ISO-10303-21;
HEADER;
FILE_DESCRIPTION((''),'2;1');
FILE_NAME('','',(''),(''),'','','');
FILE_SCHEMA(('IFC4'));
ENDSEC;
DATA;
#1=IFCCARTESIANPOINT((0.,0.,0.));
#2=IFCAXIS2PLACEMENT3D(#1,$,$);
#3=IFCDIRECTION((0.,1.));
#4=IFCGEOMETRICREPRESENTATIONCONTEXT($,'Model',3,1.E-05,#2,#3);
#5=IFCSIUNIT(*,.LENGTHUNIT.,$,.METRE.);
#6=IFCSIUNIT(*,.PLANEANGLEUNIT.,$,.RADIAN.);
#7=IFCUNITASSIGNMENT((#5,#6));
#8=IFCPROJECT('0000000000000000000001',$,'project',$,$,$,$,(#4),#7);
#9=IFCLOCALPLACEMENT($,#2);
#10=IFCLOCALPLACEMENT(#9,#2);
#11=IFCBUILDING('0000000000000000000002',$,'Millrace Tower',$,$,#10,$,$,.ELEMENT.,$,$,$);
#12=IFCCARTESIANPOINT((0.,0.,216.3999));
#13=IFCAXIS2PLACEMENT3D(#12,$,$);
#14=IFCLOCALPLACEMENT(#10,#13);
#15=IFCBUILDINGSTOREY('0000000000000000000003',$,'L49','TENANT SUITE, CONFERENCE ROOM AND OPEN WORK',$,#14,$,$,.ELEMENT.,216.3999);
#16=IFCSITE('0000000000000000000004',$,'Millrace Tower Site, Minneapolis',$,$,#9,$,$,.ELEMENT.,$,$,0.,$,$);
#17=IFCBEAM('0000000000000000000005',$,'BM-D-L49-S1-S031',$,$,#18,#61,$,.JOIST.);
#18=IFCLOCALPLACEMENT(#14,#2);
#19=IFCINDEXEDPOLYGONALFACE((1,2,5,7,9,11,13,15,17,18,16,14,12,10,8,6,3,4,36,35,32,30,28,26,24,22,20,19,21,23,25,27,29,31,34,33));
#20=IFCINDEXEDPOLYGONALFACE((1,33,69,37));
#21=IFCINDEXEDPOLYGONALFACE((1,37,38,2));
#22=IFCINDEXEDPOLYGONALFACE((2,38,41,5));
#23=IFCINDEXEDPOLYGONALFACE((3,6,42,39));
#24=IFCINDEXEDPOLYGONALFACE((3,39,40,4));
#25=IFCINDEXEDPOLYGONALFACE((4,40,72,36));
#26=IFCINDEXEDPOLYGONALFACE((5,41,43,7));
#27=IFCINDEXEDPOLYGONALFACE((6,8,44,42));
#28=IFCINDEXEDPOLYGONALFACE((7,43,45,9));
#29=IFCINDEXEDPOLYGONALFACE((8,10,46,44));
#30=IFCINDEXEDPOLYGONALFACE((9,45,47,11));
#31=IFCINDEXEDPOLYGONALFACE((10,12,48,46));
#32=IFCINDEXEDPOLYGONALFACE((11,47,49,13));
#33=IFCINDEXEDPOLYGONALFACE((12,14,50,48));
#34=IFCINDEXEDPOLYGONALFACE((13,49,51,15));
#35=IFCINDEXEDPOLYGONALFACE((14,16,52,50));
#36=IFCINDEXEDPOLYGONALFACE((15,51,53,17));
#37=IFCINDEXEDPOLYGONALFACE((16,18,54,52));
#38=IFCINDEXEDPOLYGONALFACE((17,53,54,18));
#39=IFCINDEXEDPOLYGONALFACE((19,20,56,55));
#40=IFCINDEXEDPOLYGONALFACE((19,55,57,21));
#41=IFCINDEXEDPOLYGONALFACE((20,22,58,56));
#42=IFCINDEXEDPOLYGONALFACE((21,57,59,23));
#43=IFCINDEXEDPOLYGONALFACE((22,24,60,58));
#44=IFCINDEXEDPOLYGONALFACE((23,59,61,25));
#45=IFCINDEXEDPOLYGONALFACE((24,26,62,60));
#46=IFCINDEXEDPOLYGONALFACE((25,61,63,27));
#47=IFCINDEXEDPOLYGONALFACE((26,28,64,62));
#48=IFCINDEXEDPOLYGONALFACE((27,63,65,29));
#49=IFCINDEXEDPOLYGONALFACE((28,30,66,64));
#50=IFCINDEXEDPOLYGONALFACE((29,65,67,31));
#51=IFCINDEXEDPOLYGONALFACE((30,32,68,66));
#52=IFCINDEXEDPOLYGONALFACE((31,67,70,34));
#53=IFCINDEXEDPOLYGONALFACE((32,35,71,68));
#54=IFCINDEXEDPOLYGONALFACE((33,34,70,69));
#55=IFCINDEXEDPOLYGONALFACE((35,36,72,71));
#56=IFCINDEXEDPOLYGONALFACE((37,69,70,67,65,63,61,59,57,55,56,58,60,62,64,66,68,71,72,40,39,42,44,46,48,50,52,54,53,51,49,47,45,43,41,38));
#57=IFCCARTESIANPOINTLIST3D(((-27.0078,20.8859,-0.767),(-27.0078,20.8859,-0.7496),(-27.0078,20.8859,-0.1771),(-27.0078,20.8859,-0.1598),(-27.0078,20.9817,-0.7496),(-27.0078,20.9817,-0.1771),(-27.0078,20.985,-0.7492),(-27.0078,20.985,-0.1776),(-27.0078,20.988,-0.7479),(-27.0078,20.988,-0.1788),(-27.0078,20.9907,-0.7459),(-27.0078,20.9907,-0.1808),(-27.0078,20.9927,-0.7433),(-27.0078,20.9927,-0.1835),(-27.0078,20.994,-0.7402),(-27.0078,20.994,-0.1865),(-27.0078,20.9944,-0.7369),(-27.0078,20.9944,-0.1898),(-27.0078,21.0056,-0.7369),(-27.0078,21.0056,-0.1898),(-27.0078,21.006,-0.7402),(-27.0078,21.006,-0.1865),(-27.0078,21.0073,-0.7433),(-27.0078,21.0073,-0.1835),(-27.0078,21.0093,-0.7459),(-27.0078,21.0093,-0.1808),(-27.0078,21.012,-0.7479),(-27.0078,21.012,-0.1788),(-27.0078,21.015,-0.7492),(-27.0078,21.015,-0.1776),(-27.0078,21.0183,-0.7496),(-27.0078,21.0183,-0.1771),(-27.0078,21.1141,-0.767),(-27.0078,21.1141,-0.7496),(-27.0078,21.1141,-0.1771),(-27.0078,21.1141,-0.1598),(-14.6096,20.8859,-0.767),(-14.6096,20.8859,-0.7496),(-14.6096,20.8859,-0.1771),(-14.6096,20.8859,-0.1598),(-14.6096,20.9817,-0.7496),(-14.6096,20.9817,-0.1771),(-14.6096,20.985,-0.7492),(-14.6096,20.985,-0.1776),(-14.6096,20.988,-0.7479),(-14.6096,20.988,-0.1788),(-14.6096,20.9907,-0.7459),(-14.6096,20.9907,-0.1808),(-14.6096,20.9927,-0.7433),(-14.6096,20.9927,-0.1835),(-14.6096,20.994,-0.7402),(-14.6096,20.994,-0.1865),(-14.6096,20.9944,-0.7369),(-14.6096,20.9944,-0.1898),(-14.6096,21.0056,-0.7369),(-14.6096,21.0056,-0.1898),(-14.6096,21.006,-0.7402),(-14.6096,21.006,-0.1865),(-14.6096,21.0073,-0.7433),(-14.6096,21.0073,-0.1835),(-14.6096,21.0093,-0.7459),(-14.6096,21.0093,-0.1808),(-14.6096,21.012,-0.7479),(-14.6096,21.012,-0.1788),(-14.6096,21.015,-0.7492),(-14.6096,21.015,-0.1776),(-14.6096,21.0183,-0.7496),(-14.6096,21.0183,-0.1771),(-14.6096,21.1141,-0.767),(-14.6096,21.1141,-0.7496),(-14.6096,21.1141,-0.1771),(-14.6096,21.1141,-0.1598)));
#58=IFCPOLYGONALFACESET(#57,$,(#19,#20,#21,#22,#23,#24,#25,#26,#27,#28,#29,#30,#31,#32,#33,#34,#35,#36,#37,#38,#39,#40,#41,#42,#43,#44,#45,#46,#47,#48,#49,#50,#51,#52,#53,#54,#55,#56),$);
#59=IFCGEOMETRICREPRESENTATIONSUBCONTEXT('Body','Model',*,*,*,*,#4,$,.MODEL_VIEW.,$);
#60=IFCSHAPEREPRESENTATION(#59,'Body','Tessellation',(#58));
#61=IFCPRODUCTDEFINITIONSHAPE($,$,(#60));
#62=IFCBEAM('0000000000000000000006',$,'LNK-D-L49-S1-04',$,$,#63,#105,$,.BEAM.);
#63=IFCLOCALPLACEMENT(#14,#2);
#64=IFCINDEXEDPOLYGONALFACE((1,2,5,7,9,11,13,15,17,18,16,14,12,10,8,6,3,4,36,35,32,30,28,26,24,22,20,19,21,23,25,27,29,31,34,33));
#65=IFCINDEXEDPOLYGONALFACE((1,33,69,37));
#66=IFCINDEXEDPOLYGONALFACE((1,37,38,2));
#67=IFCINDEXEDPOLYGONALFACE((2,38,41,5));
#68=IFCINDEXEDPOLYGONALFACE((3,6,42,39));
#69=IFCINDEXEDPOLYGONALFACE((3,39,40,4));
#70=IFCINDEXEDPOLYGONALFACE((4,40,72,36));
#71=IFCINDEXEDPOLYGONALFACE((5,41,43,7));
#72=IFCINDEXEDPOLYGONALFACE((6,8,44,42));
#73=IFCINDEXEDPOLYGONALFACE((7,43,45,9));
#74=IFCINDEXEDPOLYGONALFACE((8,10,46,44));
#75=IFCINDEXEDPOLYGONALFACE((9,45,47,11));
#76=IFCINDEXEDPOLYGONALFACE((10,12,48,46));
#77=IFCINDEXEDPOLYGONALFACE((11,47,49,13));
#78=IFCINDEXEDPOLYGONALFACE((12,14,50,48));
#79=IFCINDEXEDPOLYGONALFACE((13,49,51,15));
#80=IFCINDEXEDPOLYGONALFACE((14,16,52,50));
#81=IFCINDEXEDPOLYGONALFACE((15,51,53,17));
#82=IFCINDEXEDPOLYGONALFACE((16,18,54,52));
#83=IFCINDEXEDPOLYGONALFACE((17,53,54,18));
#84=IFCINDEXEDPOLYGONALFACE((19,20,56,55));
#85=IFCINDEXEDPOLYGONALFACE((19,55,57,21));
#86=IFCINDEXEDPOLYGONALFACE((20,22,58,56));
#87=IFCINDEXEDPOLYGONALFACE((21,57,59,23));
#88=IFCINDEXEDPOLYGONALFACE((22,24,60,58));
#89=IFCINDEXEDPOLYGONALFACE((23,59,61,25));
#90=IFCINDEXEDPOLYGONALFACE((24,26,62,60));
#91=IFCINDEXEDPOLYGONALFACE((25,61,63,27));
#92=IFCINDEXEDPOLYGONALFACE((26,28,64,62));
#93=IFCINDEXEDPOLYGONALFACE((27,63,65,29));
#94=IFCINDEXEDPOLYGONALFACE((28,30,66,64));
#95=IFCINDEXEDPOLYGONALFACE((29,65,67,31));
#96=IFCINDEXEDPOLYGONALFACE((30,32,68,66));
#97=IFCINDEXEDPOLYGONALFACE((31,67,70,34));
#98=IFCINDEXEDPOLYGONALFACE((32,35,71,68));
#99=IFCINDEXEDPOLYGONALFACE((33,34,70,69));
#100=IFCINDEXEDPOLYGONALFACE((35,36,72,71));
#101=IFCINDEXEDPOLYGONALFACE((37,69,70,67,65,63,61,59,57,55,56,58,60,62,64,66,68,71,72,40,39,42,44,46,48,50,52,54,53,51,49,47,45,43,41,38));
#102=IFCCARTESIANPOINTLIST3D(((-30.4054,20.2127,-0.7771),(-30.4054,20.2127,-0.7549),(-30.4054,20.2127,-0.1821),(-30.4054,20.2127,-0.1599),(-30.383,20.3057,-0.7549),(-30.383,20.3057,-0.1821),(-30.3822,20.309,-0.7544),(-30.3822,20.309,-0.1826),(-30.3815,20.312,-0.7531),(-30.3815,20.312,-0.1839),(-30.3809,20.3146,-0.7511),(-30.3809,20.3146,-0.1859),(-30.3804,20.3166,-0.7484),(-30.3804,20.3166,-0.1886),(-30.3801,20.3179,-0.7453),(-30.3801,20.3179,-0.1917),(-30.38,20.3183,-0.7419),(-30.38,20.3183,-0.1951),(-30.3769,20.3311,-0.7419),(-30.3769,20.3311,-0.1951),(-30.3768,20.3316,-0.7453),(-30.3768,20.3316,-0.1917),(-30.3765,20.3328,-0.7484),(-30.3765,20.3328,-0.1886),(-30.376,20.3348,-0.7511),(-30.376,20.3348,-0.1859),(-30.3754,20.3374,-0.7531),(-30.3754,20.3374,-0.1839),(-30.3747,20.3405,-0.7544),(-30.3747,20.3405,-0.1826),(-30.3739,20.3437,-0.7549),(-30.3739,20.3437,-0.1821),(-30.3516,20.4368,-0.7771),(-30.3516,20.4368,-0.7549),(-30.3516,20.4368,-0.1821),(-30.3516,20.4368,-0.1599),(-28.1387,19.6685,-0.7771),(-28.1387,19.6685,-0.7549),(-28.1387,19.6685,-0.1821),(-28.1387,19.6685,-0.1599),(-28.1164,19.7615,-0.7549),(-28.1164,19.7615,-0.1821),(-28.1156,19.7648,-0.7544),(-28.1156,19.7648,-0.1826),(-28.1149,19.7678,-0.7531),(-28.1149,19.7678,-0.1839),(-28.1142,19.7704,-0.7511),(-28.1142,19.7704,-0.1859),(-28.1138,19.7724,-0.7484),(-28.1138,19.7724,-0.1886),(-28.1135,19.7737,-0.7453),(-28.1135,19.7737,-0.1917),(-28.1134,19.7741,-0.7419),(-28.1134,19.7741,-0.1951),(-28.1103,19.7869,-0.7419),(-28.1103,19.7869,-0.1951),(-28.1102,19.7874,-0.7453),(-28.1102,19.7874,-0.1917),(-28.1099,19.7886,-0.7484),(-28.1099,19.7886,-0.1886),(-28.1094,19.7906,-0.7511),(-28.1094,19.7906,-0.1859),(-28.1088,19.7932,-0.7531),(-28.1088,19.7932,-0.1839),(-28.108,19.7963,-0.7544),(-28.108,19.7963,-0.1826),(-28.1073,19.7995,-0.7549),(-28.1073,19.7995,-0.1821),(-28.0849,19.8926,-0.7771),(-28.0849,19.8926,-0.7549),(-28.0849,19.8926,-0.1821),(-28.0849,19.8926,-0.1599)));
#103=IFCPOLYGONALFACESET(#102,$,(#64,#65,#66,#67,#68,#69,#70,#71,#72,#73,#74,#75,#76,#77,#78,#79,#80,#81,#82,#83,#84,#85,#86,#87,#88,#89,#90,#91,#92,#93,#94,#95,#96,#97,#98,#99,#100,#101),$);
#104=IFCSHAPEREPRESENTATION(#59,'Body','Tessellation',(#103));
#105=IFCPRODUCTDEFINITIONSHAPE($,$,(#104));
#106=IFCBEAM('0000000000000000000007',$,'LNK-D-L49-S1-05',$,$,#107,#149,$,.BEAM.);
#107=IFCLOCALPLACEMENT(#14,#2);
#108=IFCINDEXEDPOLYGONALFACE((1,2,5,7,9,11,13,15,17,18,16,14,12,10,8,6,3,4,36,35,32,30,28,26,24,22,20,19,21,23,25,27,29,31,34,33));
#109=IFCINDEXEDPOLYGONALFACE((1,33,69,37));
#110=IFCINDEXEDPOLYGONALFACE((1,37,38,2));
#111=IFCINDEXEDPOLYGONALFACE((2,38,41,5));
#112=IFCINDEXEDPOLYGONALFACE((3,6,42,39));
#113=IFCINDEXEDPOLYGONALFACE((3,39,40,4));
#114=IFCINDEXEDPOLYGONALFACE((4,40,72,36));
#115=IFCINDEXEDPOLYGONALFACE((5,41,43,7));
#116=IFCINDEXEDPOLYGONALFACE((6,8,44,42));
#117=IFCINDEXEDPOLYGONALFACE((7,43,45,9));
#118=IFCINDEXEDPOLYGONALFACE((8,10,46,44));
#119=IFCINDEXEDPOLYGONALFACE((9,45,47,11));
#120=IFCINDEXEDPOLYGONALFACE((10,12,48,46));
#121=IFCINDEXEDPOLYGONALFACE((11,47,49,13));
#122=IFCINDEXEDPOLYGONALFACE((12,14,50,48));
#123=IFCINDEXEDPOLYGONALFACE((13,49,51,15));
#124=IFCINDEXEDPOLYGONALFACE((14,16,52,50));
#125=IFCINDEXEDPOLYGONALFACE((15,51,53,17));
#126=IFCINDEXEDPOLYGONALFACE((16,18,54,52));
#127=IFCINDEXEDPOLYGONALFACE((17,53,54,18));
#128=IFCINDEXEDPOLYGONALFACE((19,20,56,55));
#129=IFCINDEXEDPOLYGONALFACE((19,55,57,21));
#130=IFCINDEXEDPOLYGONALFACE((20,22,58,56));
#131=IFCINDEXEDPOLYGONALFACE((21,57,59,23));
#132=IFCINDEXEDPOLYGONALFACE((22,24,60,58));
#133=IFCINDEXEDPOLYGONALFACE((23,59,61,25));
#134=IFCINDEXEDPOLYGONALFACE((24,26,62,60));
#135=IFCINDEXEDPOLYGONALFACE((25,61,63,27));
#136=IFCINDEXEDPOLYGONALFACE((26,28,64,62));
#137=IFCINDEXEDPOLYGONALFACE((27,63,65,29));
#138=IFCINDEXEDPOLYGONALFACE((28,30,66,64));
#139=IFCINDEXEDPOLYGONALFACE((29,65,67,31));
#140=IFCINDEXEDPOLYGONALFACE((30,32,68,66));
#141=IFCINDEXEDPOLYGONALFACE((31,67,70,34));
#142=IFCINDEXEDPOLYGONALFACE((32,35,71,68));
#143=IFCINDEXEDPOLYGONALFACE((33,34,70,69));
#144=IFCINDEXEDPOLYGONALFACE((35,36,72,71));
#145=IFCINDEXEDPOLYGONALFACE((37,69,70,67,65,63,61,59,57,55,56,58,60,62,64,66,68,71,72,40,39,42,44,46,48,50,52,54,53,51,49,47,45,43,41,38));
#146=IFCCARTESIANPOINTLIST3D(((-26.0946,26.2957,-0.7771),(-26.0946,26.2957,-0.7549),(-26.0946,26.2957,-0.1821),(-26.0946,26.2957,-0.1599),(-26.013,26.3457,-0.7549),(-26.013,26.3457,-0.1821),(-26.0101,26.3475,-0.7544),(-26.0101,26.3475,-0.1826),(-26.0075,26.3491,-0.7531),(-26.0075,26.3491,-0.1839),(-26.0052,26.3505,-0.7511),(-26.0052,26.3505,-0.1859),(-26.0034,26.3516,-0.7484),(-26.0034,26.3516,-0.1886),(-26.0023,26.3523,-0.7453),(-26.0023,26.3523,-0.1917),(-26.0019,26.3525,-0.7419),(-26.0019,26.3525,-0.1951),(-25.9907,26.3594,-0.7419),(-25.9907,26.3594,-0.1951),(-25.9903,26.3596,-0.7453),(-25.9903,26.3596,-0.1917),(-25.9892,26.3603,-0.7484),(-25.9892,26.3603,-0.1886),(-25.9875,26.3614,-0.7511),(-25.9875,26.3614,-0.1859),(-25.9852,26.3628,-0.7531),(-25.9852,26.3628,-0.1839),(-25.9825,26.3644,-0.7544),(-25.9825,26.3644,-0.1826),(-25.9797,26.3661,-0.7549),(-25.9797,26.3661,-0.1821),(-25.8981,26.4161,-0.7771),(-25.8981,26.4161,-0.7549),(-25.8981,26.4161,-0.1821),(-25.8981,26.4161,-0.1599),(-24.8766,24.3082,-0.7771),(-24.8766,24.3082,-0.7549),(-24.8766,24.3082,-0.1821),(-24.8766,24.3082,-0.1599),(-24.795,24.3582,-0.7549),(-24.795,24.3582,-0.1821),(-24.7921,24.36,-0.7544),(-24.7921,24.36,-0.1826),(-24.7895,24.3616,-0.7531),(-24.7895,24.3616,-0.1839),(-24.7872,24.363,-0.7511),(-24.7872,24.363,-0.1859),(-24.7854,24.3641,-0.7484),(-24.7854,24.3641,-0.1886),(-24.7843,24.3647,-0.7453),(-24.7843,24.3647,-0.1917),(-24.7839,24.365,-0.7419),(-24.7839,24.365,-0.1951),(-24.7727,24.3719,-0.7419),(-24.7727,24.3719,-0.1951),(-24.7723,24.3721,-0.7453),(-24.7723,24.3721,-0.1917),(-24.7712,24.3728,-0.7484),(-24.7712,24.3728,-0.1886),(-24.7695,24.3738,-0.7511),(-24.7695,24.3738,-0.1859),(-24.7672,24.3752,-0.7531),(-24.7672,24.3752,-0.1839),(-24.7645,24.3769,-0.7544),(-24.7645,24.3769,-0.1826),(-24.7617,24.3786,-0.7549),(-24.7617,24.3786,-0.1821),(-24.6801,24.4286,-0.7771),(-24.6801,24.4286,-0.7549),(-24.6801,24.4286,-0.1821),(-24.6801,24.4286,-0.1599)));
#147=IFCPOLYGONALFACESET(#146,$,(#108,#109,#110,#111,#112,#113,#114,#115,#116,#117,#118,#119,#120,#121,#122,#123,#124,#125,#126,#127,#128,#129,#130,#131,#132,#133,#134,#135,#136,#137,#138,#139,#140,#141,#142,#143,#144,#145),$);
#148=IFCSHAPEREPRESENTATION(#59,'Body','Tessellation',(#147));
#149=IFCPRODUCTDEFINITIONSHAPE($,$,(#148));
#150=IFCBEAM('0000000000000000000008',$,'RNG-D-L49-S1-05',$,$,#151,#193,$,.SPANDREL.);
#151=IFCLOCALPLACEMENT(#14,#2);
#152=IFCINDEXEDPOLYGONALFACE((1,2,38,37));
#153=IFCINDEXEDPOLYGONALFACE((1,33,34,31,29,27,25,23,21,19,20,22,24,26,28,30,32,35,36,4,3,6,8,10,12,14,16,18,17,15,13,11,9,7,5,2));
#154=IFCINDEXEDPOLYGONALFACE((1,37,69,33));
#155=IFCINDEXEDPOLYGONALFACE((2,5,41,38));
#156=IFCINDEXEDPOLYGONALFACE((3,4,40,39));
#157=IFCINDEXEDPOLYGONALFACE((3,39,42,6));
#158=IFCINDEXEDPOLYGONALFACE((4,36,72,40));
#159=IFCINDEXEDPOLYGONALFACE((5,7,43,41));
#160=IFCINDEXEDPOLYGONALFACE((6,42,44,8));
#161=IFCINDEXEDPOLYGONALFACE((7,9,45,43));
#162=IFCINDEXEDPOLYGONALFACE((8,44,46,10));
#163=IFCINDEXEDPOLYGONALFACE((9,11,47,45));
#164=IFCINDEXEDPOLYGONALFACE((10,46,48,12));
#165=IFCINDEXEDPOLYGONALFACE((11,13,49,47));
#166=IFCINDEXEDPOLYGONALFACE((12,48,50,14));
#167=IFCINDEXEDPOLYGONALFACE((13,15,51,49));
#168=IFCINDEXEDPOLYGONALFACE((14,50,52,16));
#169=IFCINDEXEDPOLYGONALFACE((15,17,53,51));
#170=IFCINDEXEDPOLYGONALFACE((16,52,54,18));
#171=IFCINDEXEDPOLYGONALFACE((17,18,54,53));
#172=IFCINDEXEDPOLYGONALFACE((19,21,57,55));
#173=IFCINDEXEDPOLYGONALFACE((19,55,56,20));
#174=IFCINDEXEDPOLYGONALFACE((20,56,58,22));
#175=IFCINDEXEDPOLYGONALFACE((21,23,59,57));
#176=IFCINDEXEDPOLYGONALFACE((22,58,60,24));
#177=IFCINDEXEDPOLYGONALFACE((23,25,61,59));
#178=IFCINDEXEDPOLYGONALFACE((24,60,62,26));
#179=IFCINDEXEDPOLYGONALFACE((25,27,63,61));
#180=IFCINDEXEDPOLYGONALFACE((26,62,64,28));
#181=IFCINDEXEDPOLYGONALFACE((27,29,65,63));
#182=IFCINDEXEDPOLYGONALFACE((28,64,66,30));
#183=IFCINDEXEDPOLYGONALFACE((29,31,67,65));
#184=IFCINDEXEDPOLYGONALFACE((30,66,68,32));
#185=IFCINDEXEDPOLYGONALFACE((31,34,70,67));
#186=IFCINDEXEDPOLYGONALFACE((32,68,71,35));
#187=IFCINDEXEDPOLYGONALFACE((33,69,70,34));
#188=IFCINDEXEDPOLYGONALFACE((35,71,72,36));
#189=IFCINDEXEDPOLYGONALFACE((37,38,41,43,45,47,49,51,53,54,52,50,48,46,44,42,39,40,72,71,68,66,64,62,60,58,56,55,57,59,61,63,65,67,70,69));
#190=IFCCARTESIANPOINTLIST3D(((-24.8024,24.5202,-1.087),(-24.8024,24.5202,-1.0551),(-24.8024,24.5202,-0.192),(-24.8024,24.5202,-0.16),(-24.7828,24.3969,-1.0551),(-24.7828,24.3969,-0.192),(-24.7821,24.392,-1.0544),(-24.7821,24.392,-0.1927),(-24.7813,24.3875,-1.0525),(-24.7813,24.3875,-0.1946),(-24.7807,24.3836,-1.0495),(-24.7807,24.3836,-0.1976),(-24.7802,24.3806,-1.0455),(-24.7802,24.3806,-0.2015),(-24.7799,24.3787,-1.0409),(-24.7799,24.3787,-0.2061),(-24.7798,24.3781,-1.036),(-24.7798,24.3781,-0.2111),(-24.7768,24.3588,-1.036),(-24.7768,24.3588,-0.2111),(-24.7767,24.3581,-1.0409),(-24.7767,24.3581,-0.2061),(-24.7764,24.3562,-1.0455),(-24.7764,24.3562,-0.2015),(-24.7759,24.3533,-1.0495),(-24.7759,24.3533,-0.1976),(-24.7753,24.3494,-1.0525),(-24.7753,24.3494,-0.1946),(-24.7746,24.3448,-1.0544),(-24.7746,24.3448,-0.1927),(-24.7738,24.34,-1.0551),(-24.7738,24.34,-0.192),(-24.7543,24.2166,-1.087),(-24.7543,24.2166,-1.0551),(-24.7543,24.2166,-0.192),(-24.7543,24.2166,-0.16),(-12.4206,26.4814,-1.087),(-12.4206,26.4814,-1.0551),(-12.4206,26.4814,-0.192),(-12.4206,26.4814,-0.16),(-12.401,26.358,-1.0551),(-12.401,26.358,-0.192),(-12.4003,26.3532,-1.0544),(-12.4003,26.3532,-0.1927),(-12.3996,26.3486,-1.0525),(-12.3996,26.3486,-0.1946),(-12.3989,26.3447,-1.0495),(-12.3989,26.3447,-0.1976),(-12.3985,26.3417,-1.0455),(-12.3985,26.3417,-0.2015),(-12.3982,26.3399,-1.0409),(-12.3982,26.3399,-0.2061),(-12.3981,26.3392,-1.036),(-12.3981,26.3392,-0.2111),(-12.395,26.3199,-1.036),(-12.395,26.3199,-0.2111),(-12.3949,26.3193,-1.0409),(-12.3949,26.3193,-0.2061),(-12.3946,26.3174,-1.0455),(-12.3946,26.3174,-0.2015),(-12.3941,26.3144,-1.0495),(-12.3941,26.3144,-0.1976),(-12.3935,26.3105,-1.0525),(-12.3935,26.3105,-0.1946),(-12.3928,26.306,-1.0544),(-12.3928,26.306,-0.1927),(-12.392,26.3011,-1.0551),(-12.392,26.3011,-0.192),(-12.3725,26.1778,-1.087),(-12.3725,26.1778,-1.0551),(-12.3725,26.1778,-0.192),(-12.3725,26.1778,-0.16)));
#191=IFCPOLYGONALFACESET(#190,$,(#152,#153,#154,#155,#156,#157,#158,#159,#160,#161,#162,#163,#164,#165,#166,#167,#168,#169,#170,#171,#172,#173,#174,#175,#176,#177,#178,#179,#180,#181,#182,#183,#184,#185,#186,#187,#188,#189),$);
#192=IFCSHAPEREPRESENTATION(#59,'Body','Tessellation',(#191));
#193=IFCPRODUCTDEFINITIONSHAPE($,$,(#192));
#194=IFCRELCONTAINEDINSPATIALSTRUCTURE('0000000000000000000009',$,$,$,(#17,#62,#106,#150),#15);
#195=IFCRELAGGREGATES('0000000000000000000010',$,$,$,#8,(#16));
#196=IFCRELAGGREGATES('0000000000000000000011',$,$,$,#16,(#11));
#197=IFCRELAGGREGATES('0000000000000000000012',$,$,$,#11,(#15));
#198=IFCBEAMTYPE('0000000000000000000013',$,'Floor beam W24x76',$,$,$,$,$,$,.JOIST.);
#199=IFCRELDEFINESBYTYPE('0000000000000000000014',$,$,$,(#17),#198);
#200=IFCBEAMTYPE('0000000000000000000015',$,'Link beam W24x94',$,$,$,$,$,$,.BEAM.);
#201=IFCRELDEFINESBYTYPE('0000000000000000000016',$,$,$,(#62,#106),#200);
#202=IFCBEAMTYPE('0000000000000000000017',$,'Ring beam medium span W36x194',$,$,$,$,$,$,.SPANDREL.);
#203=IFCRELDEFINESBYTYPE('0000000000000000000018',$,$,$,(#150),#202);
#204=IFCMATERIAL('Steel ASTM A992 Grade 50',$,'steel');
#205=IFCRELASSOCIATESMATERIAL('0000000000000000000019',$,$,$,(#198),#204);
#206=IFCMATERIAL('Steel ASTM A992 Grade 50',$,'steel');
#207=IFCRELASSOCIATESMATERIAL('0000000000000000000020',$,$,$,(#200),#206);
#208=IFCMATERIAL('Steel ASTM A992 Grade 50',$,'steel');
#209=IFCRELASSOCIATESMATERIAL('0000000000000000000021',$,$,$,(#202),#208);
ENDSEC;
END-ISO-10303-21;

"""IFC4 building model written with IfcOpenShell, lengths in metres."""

from ifc_helpers import new_model, si_unit, direction, frame, origin, origin_2d, place, context, subcontext, project, spatial, i_section, extrude, material, material_profile, profile_set, type_object, element, save


model = new_model("IFC4")

# Units and contexts
model_context = context("Model", 3, precision=1e-05, world=origin(), true_north=direction((0.0, 1.0)))
body_context = subcontext(model_context, "Body", "Model", "MODEL_VIEW")
ifc_project = project(units=[si_unit("LENGTHUNIT", "METRE"), si_unit("PLANEANGLEUNIT", "RADIAN")], contexts=[model_context])

# Site, building, storey
site_placement = place(None, origin())
site = spatial("IfcSite", under=ifc_project, at=site_placement, Name="Millrace Tower Site, Minneapolis", CompositionType="ELEMENT", RefElevation=0.0)
building_placement = place(site_placement, origin())
building = spatial("IfcBuilding", under=site, at=building_placement, Name="Millrace Tower", CompositionType="ELEMENT")
storey_placement = place(building_placement, frame((0.0, 0.0, 216.3999)))
storey = spatial("IfcBuildingStorey", under=building, at=storey_placement, Name="L49", Description="TENANT SUITE, CONFERENCE ROOM AND OPEN WORK", CompositionType="ELEMENT", Elevation=216.3999)

# Beams
ifc_material_1 = material(Name="Steel ASTM A992 Grade 50", Category="steel")
ifc_material_profile_1 = material_profile(ifc_material_1, i_section(OverallWidth=0.2283, OverallDepth=0.6072, WebThickness=0.0112, FlangeThickness=0.0173, FilletRadius=0.0127, at=origin_2d()))
ifc_profile_set_1 = profile_set([ifc_material_profile_1], Name="Steel ASTM A992 Grade 50")
beam_type_1 = type_object("IfcBeamType", Name="Floor beam W24x76", PredefinedType="JOIST", material=ifc_profile_set_1)
beam_1_placement = place(storey_placement, frame((-27.0078, 21.0, -0.4634), z_axis=(1.0, 0.0, 0.0), x_axis=(0.0, 1.0, 0.0)))
element("IfcBeam", 1, at=beam_1_placement, inside=storey, type_object=beam_type_1, Name="BM-D-L49-S1-S031", PredefinedType="JOIST", context=body_context, shape_type="SweptSolid", body=[
    extrude(i_section(OverallWidth=0.2283, OverallDepth=0.6072, WebThickness=0.0112, FlangeThickness=0.0173, FilletRadius=0.0127, at=origin_2d()), origin(), (0.0, 0.0, 1.0), 12.3982),
])
ifc_material_2 = material(Name="Steel ASTM A992 Grade 50", Category="steel")
ifc_material_profile_2 = material_profile(ifc_material_2, i_section(OverallWidth=0.2305, OverallDepth=0.6172, WebThickness=0.0132, FlangeThickness=0.0222, FilletRadius=0.0129, at=origin_2d()))
ifc_profile_set_2 = profile_set([ifc_material_profile_2], Name="Steel ASTM A992 Grade 50")
beam_type_2 = type_object("IfcBeamType", Name="Link beam W24x94", PredefinedType="BEAM", material=ifc_profile_set_2)
for number, where, z_axis, x_axis, name in (
    (2, (-28.1118, 19.7805, -0.4685), (-0.972367, 0.233456, 0.0), (-0.233456, -0.972367, 0.0), "LNK-D-L49-S1-04"),
    (3, (-24.7783, 24.3684, -0.4685), (-0.522513, 0.852631, 0.0), (-0.852631, -0.522513, 0.0), "LNK-D-L49-S1-05"),
):
    element("IfcBeam", number, at=place(storey_placement, frame(where, z_axis=z_axis, x_axis=x_axis)), inside=storey, type_object=beam_type_2, Name=name, PredefinedType="BEAM", context=body_context, shape_type="SweptSolid", body=[
        extrude(i_section(OverallWidth=0.2305, OverallDepth=0.6172, WebThickness=0.0132, FlangeThickness=0.0222, FilletRadius=0.0129, at=origin_2d()), origin(), (0.0, 0.0, 1.0), 2.3311),
    ])
ifc_material_3 = material(Name="Steel ASTM A992 Grade 50", Category="steel")
ifc_material_profile_3 = material_profile(ifc_material_3, i_section(OverallWidth=0.3074, OverallDepth=0.927, WebThickness=0.0195, FlangeThickness=0.032, FilletRadius=0.019, at=origin_2d()))
ifc_profile_set_3 = profile_set([ifc_material_profile_3], Name="Steel ASTM A992 Grade 50")
beam_type_3 = type_object("IfcBeamType", Name="Ring beam medium span W36x194", PredefinedType="SPANDREL", material=ifc_profile_set_3)
beam_2_placement = place(storey_placement, frame((-24.7783, 24.3684, -0.6235), z_axis=(0.987687, 0.156442, 0.0), x_axis=(-0.156442, 0.987687, 0.0)))
element("IfcBeam", 4, at=beam_2_placement, inside=storey, type_object=beam_type_3, Name="RNG-D-L49-S1-05", PredefinedType="SPANDREL", context=body_context, shape_type="SweptSolid", body=[
    extrude(i_section(OverallWidth=0.3074, OverallDepth=0.927, WebThickness=0.0195, FlangeThickness=0.032, FilletRadius=0.019, at=origin_2d()), origin(), (0.0, 0.0, 1.0), 12.5361),
])

save(model, "model.ifc")
